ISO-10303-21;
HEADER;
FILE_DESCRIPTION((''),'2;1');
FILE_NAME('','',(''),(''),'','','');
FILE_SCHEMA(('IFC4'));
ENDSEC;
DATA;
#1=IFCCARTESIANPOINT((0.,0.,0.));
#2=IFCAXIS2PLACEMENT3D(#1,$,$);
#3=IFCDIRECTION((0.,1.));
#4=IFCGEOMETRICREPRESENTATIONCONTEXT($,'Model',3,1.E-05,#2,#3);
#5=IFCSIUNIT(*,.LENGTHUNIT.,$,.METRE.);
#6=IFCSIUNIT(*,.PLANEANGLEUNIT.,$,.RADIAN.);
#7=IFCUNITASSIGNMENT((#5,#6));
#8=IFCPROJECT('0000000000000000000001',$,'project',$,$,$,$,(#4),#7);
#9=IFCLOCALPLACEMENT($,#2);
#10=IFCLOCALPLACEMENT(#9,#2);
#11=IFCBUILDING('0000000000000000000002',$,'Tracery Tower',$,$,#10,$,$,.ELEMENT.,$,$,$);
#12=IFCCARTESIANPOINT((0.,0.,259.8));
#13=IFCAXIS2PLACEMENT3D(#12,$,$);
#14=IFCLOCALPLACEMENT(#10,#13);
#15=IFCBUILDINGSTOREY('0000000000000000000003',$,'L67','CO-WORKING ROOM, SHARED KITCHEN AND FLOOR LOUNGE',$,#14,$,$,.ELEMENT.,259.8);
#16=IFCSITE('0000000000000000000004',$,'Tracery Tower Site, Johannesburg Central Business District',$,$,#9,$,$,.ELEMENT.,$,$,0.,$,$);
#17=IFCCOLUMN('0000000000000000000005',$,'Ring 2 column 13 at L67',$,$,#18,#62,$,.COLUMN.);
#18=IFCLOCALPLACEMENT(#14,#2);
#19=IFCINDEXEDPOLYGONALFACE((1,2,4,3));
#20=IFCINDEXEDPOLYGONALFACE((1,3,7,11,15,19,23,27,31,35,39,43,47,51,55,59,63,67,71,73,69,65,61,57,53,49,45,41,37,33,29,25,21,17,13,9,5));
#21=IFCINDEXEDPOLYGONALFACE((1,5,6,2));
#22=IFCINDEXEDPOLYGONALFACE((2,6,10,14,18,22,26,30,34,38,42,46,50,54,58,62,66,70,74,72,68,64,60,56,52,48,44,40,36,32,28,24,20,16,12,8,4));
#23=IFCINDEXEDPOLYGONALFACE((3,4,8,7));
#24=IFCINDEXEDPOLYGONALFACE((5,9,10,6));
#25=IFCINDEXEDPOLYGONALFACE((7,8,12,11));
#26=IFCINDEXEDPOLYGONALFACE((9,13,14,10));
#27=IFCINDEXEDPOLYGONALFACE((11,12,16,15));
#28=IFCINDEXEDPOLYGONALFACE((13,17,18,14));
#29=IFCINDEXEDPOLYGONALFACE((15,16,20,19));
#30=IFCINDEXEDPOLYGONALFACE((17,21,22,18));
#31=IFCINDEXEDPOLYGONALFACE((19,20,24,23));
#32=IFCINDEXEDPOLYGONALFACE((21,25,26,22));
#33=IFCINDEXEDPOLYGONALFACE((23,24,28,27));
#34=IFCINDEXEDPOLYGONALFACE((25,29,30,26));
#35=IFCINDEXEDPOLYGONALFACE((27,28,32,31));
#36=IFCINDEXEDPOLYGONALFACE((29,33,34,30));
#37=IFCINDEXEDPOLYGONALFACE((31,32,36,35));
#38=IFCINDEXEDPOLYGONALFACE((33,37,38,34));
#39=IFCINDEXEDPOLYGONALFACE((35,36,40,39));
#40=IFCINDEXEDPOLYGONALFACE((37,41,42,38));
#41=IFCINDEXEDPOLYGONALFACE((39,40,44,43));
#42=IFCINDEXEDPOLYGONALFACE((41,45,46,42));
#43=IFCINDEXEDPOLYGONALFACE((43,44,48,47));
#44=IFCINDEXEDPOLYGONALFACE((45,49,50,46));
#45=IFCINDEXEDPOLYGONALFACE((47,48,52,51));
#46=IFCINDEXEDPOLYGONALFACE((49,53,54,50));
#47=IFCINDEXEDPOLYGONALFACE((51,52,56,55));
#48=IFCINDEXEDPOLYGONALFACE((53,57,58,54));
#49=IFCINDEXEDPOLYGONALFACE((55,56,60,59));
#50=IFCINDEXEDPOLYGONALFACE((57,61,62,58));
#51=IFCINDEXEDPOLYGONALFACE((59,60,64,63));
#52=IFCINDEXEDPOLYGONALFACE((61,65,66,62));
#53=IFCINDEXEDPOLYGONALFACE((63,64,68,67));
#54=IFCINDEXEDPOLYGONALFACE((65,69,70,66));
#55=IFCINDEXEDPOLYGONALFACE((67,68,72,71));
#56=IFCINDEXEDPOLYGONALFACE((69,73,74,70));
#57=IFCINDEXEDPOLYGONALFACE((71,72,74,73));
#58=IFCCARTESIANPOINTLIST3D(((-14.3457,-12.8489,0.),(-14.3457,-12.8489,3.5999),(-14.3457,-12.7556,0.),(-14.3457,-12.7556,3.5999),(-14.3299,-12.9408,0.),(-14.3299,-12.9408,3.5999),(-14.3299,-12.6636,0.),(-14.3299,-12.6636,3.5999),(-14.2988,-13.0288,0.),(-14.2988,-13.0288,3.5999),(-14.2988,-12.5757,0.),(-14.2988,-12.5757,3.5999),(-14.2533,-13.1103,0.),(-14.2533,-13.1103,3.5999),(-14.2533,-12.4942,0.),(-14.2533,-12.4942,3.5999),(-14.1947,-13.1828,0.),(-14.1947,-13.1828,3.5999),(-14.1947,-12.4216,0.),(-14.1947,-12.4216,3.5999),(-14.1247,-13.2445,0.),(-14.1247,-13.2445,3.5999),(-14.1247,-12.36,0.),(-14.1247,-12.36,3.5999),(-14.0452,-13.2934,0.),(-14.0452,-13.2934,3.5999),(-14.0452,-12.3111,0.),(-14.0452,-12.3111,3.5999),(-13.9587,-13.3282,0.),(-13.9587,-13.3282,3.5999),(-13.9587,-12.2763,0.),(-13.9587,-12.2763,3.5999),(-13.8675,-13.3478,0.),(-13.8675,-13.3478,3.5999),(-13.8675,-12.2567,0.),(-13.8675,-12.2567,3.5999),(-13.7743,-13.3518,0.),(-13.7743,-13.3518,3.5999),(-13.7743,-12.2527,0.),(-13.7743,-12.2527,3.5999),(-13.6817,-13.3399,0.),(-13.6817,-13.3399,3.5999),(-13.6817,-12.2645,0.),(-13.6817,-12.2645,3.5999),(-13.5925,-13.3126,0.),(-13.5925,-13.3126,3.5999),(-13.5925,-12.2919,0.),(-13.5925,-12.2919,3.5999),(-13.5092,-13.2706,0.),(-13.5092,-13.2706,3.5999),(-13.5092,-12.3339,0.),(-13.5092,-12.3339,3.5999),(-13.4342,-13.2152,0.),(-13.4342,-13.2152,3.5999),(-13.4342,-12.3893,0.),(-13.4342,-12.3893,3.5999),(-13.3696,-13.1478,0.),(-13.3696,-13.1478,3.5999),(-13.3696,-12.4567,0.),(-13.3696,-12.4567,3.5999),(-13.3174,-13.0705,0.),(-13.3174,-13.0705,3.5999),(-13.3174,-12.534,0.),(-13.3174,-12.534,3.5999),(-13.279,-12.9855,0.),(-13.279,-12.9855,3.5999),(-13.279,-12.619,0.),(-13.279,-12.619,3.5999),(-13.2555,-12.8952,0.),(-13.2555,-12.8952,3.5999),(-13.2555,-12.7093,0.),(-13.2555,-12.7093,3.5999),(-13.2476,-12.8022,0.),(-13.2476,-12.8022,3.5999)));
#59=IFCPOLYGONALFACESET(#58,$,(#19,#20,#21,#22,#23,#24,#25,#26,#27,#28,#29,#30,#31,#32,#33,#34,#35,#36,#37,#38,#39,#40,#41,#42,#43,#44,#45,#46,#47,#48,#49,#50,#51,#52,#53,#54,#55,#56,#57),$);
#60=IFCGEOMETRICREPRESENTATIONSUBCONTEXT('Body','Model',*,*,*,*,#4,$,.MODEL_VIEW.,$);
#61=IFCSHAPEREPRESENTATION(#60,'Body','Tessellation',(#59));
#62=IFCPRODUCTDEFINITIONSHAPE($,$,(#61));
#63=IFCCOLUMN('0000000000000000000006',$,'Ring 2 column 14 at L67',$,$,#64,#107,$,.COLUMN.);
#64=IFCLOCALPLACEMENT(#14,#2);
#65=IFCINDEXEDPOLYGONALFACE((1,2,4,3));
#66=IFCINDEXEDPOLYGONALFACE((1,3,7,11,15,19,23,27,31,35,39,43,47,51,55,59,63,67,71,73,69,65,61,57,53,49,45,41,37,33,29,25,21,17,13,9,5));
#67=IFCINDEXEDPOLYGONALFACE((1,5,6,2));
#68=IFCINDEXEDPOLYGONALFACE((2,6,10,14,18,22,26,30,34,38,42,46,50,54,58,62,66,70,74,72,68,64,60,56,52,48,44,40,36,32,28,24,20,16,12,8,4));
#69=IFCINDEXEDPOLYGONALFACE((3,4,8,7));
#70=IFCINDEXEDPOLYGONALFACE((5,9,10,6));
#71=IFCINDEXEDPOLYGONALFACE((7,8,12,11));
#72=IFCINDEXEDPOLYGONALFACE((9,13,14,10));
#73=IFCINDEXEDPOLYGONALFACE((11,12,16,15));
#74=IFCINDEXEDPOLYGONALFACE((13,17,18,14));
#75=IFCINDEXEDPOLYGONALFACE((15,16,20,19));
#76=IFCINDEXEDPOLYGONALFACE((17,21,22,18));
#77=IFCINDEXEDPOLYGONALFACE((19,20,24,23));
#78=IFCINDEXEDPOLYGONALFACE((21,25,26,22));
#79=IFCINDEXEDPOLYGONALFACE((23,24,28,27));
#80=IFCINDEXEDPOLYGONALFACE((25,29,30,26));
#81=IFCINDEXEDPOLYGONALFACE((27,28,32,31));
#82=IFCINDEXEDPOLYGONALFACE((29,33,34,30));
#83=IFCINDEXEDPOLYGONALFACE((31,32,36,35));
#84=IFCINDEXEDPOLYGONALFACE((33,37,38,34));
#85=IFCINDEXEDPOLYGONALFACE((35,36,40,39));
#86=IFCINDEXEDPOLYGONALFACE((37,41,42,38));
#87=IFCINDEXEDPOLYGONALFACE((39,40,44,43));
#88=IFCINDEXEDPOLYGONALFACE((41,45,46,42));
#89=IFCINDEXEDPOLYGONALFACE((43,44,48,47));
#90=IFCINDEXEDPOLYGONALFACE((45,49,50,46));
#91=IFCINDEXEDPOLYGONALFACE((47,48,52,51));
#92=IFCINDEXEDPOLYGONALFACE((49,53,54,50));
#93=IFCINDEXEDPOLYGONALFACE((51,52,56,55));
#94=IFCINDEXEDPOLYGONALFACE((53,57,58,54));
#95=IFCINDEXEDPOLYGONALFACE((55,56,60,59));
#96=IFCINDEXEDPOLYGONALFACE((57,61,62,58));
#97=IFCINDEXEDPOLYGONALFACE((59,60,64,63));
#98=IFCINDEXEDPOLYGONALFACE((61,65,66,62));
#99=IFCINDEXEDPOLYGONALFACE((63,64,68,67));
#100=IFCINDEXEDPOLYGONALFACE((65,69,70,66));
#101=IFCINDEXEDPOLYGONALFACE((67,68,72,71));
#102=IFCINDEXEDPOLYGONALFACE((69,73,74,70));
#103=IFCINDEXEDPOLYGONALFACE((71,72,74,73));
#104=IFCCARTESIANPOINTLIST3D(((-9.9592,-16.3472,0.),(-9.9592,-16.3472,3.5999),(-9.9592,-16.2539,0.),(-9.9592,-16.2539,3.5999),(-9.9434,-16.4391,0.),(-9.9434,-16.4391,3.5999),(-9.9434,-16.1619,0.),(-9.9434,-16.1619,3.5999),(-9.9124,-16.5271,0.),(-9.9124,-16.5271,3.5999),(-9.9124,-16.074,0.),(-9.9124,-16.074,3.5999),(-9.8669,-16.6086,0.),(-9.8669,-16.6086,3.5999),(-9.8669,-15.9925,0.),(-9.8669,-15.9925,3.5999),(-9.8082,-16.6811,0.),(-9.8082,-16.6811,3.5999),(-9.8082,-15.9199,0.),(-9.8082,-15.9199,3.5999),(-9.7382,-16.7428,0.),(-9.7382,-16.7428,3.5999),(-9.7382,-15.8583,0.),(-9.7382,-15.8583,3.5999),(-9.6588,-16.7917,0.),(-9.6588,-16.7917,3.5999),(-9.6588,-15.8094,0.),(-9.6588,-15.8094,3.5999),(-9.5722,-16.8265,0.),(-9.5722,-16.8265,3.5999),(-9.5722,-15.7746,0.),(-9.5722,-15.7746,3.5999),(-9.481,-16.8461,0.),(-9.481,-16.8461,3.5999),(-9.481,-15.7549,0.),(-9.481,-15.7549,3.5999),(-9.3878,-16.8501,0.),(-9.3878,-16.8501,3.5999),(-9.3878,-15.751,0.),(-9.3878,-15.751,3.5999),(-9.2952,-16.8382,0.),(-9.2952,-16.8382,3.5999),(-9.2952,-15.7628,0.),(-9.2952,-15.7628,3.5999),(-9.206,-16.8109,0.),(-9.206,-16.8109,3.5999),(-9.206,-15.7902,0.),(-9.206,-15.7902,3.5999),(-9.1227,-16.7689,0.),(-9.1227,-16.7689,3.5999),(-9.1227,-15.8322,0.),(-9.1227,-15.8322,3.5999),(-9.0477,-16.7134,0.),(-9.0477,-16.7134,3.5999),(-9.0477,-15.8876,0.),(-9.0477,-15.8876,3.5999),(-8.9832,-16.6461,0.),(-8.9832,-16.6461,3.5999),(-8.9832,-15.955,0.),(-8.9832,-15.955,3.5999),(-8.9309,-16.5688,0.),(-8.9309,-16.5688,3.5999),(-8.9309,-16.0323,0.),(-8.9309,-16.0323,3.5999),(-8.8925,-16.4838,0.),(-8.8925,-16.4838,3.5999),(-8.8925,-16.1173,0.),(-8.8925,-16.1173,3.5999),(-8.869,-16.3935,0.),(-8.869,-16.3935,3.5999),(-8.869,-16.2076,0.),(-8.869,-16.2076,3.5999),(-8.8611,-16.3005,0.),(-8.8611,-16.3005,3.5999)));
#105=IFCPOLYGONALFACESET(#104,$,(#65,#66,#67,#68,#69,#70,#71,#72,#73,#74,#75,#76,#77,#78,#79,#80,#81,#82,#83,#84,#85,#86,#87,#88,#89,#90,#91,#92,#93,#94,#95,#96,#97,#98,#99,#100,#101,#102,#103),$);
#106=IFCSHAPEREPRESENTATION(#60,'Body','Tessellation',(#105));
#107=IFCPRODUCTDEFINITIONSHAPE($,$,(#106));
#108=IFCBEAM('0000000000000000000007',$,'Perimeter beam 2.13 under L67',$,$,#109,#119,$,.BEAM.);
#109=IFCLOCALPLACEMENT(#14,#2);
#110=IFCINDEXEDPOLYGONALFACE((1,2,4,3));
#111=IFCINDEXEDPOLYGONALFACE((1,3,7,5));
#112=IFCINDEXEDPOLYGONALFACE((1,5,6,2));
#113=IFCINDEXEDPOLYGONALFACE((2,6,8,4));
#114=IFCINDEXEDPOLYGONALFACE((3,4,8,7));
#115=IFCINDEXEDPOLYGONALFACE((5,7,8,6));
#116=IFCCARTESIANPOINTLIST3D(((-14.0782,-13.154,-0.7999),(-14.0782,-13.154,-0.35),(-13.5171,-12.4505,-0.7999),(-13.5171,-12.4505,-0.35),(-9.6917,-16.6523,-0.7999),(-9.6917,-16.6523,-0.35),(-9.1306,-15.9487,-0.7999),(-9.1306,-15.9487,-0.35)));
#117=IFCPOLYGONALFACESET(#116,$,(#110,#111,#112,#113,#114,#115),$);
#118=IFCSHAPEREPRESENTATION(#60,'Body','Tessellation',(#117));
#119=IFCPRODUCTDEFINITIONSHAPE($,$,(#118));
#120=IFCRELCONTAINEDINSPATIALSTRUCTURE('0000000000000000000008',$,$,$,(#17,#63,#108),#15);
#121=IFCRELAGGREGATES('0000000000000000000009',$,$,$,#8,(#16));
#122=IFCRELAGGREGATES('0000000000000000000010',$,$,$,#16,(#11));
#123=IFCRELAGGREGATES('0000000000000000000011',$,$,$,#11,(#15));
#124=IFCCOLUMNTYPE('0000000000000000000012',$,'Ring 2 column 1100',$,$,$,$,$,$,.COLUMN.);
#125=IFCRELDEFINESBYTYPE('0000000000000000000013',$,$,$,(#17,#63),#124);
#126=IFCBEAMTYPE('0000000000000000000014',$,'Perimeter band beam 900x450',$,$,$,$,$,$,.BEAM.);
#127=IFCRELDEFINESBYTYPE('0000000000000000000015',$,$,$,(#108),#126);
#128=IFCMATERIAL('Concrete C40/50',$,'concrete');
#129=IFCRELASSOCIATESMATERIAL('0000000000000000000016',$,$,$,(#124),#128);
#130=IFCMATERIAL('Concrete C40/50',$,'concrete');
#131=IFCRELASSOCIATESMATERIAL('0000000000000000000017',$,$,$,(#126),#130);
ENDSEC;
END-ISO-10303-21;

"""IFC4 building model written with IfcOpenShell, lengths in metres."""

from ifc_helpers import new_model, si_unit, direction, frame, origin, origin_2d, place, context, subcontext, project, spatial, rectangle, circle, extrude, material, material_profile, profile_set, type_object, element, save


model = new_model("IFC4")

# Units and contexts
model_context = context("Model", 3, precision=1e-05, world=origin(), true_north=direction((0.0, 1.0)))
body_context = subcontext(model_context, "Body", "Model", "MODEL_VIEW")
ifc_project = project(units=[si_unit("LENGTHUNIT", "METRE"), si_unit("PLANEANGLEUNIT", "RADIAN")], contexts=[model_context])

# Site, building, storey
site_placement = place(None, origin())
site = spatial("IfcSite", under=ifc_project, at=site_placement, Name="Tracery Tower Site, Johannesburg Central Business District", CompositionType="ELEMENT", RefElevation=0.0)
building_placement = place(site_placement, origin())
building = spatial("IfcBuilding", under=site, at=building_placement, Name="Tracery Tower", CompositionType="ELEMENT")
storey_placement = place(building_placement, frame((0.0, 0.0, 259.8)))
storey = spatial("IfcBuildingStorey", under=building, at=storey_placement, Name="L67", Description="CO-WORKING ROOM, SHARED KITCHEN AND FLOOR LOUNGE", CompositionType="ELEMENT", Elevation=259.8)

# Columns
ifc_material_1 = material(Name="Concrete C40/50", Category="concrete")
ifc_material_profile_1 = material_profile(ifc_material_1, circle(Radius=0.55, at=origin_2d()), Name="RC D1100")
ifc_profile_set_1 = profile_set([ifc_material_profile_1], Name="Concrete C40/50")
column_type = type_object("IfcColumnType", Name="Ring 2 column 1100", PredefinedType="COLUMN", material=ifc_profile_set_1)
for number, where, z_axis, x_axis, name in (
    (1, (-13.7976, -12.8022, 0.0), (0.0, 0.0, 1.0), (1.0, 0.0, 0.0), "Ring 2 column 13 at L67"),
    (2, (-9.4111, -16.3005, 0.0), (0.0, 0.0, 1.0), (1.0, 0.0, 0.0), "Ring 2 column 14 at L67"),
):
    element("IfcColumn", number, at=place(storey_placement, frame(where, z_axis=z_axis, x_axis=x_axis)), inside=storey, type_object=column_type, Name=name, PredefinedType="COLUMN", context=body_context, shape_type="SweptSolid", body=[
        extrude(circle(Radius=0.55, at=origin_2d()), origin(), (0.0, 0.0, 1.0), 3.5999),
    ])

# Beam
ifc_material_2 = material(Name="Concrete C40/50", Category="concrete")
ifc_material_profile_2 = material_profile(ifc_material_2, rectangle(XDim=0.8999, YDim=0.45, at=origin_2d()), Name="RC 900x450")
ifc_profile_set_2 = profile_set([ifc_material_profile_2], Name="Concrete C40/50")
beam_type = type_object("IfcBeamType", Name="Perimeter band beam 900x450", PredefinedType="BEAM", material=ifc_profile_set_2)
beam_placement = place(storey_placement, frame((-13.7976, -12.8022, -0.575), z_axis=(0.781815, -0.623511, 0.0), x_axis=(0.623511, 0.781815, 0.0)))
element("IfcBeam", 3, at=beam_placement, inside=storey, type_object=beam_type, Name="Perimeter beam 2.13 under L67", PredefinedType="BEAM", context=body_context, shape_type="SweptSolid", body=[
    extrude(rectangle(XDim=0.8999, YDim=0.45, at=origin_2d()), origin(), (0.0, 0.0, 1.0), 5.6106),
])

save(model, "model.ifc")
